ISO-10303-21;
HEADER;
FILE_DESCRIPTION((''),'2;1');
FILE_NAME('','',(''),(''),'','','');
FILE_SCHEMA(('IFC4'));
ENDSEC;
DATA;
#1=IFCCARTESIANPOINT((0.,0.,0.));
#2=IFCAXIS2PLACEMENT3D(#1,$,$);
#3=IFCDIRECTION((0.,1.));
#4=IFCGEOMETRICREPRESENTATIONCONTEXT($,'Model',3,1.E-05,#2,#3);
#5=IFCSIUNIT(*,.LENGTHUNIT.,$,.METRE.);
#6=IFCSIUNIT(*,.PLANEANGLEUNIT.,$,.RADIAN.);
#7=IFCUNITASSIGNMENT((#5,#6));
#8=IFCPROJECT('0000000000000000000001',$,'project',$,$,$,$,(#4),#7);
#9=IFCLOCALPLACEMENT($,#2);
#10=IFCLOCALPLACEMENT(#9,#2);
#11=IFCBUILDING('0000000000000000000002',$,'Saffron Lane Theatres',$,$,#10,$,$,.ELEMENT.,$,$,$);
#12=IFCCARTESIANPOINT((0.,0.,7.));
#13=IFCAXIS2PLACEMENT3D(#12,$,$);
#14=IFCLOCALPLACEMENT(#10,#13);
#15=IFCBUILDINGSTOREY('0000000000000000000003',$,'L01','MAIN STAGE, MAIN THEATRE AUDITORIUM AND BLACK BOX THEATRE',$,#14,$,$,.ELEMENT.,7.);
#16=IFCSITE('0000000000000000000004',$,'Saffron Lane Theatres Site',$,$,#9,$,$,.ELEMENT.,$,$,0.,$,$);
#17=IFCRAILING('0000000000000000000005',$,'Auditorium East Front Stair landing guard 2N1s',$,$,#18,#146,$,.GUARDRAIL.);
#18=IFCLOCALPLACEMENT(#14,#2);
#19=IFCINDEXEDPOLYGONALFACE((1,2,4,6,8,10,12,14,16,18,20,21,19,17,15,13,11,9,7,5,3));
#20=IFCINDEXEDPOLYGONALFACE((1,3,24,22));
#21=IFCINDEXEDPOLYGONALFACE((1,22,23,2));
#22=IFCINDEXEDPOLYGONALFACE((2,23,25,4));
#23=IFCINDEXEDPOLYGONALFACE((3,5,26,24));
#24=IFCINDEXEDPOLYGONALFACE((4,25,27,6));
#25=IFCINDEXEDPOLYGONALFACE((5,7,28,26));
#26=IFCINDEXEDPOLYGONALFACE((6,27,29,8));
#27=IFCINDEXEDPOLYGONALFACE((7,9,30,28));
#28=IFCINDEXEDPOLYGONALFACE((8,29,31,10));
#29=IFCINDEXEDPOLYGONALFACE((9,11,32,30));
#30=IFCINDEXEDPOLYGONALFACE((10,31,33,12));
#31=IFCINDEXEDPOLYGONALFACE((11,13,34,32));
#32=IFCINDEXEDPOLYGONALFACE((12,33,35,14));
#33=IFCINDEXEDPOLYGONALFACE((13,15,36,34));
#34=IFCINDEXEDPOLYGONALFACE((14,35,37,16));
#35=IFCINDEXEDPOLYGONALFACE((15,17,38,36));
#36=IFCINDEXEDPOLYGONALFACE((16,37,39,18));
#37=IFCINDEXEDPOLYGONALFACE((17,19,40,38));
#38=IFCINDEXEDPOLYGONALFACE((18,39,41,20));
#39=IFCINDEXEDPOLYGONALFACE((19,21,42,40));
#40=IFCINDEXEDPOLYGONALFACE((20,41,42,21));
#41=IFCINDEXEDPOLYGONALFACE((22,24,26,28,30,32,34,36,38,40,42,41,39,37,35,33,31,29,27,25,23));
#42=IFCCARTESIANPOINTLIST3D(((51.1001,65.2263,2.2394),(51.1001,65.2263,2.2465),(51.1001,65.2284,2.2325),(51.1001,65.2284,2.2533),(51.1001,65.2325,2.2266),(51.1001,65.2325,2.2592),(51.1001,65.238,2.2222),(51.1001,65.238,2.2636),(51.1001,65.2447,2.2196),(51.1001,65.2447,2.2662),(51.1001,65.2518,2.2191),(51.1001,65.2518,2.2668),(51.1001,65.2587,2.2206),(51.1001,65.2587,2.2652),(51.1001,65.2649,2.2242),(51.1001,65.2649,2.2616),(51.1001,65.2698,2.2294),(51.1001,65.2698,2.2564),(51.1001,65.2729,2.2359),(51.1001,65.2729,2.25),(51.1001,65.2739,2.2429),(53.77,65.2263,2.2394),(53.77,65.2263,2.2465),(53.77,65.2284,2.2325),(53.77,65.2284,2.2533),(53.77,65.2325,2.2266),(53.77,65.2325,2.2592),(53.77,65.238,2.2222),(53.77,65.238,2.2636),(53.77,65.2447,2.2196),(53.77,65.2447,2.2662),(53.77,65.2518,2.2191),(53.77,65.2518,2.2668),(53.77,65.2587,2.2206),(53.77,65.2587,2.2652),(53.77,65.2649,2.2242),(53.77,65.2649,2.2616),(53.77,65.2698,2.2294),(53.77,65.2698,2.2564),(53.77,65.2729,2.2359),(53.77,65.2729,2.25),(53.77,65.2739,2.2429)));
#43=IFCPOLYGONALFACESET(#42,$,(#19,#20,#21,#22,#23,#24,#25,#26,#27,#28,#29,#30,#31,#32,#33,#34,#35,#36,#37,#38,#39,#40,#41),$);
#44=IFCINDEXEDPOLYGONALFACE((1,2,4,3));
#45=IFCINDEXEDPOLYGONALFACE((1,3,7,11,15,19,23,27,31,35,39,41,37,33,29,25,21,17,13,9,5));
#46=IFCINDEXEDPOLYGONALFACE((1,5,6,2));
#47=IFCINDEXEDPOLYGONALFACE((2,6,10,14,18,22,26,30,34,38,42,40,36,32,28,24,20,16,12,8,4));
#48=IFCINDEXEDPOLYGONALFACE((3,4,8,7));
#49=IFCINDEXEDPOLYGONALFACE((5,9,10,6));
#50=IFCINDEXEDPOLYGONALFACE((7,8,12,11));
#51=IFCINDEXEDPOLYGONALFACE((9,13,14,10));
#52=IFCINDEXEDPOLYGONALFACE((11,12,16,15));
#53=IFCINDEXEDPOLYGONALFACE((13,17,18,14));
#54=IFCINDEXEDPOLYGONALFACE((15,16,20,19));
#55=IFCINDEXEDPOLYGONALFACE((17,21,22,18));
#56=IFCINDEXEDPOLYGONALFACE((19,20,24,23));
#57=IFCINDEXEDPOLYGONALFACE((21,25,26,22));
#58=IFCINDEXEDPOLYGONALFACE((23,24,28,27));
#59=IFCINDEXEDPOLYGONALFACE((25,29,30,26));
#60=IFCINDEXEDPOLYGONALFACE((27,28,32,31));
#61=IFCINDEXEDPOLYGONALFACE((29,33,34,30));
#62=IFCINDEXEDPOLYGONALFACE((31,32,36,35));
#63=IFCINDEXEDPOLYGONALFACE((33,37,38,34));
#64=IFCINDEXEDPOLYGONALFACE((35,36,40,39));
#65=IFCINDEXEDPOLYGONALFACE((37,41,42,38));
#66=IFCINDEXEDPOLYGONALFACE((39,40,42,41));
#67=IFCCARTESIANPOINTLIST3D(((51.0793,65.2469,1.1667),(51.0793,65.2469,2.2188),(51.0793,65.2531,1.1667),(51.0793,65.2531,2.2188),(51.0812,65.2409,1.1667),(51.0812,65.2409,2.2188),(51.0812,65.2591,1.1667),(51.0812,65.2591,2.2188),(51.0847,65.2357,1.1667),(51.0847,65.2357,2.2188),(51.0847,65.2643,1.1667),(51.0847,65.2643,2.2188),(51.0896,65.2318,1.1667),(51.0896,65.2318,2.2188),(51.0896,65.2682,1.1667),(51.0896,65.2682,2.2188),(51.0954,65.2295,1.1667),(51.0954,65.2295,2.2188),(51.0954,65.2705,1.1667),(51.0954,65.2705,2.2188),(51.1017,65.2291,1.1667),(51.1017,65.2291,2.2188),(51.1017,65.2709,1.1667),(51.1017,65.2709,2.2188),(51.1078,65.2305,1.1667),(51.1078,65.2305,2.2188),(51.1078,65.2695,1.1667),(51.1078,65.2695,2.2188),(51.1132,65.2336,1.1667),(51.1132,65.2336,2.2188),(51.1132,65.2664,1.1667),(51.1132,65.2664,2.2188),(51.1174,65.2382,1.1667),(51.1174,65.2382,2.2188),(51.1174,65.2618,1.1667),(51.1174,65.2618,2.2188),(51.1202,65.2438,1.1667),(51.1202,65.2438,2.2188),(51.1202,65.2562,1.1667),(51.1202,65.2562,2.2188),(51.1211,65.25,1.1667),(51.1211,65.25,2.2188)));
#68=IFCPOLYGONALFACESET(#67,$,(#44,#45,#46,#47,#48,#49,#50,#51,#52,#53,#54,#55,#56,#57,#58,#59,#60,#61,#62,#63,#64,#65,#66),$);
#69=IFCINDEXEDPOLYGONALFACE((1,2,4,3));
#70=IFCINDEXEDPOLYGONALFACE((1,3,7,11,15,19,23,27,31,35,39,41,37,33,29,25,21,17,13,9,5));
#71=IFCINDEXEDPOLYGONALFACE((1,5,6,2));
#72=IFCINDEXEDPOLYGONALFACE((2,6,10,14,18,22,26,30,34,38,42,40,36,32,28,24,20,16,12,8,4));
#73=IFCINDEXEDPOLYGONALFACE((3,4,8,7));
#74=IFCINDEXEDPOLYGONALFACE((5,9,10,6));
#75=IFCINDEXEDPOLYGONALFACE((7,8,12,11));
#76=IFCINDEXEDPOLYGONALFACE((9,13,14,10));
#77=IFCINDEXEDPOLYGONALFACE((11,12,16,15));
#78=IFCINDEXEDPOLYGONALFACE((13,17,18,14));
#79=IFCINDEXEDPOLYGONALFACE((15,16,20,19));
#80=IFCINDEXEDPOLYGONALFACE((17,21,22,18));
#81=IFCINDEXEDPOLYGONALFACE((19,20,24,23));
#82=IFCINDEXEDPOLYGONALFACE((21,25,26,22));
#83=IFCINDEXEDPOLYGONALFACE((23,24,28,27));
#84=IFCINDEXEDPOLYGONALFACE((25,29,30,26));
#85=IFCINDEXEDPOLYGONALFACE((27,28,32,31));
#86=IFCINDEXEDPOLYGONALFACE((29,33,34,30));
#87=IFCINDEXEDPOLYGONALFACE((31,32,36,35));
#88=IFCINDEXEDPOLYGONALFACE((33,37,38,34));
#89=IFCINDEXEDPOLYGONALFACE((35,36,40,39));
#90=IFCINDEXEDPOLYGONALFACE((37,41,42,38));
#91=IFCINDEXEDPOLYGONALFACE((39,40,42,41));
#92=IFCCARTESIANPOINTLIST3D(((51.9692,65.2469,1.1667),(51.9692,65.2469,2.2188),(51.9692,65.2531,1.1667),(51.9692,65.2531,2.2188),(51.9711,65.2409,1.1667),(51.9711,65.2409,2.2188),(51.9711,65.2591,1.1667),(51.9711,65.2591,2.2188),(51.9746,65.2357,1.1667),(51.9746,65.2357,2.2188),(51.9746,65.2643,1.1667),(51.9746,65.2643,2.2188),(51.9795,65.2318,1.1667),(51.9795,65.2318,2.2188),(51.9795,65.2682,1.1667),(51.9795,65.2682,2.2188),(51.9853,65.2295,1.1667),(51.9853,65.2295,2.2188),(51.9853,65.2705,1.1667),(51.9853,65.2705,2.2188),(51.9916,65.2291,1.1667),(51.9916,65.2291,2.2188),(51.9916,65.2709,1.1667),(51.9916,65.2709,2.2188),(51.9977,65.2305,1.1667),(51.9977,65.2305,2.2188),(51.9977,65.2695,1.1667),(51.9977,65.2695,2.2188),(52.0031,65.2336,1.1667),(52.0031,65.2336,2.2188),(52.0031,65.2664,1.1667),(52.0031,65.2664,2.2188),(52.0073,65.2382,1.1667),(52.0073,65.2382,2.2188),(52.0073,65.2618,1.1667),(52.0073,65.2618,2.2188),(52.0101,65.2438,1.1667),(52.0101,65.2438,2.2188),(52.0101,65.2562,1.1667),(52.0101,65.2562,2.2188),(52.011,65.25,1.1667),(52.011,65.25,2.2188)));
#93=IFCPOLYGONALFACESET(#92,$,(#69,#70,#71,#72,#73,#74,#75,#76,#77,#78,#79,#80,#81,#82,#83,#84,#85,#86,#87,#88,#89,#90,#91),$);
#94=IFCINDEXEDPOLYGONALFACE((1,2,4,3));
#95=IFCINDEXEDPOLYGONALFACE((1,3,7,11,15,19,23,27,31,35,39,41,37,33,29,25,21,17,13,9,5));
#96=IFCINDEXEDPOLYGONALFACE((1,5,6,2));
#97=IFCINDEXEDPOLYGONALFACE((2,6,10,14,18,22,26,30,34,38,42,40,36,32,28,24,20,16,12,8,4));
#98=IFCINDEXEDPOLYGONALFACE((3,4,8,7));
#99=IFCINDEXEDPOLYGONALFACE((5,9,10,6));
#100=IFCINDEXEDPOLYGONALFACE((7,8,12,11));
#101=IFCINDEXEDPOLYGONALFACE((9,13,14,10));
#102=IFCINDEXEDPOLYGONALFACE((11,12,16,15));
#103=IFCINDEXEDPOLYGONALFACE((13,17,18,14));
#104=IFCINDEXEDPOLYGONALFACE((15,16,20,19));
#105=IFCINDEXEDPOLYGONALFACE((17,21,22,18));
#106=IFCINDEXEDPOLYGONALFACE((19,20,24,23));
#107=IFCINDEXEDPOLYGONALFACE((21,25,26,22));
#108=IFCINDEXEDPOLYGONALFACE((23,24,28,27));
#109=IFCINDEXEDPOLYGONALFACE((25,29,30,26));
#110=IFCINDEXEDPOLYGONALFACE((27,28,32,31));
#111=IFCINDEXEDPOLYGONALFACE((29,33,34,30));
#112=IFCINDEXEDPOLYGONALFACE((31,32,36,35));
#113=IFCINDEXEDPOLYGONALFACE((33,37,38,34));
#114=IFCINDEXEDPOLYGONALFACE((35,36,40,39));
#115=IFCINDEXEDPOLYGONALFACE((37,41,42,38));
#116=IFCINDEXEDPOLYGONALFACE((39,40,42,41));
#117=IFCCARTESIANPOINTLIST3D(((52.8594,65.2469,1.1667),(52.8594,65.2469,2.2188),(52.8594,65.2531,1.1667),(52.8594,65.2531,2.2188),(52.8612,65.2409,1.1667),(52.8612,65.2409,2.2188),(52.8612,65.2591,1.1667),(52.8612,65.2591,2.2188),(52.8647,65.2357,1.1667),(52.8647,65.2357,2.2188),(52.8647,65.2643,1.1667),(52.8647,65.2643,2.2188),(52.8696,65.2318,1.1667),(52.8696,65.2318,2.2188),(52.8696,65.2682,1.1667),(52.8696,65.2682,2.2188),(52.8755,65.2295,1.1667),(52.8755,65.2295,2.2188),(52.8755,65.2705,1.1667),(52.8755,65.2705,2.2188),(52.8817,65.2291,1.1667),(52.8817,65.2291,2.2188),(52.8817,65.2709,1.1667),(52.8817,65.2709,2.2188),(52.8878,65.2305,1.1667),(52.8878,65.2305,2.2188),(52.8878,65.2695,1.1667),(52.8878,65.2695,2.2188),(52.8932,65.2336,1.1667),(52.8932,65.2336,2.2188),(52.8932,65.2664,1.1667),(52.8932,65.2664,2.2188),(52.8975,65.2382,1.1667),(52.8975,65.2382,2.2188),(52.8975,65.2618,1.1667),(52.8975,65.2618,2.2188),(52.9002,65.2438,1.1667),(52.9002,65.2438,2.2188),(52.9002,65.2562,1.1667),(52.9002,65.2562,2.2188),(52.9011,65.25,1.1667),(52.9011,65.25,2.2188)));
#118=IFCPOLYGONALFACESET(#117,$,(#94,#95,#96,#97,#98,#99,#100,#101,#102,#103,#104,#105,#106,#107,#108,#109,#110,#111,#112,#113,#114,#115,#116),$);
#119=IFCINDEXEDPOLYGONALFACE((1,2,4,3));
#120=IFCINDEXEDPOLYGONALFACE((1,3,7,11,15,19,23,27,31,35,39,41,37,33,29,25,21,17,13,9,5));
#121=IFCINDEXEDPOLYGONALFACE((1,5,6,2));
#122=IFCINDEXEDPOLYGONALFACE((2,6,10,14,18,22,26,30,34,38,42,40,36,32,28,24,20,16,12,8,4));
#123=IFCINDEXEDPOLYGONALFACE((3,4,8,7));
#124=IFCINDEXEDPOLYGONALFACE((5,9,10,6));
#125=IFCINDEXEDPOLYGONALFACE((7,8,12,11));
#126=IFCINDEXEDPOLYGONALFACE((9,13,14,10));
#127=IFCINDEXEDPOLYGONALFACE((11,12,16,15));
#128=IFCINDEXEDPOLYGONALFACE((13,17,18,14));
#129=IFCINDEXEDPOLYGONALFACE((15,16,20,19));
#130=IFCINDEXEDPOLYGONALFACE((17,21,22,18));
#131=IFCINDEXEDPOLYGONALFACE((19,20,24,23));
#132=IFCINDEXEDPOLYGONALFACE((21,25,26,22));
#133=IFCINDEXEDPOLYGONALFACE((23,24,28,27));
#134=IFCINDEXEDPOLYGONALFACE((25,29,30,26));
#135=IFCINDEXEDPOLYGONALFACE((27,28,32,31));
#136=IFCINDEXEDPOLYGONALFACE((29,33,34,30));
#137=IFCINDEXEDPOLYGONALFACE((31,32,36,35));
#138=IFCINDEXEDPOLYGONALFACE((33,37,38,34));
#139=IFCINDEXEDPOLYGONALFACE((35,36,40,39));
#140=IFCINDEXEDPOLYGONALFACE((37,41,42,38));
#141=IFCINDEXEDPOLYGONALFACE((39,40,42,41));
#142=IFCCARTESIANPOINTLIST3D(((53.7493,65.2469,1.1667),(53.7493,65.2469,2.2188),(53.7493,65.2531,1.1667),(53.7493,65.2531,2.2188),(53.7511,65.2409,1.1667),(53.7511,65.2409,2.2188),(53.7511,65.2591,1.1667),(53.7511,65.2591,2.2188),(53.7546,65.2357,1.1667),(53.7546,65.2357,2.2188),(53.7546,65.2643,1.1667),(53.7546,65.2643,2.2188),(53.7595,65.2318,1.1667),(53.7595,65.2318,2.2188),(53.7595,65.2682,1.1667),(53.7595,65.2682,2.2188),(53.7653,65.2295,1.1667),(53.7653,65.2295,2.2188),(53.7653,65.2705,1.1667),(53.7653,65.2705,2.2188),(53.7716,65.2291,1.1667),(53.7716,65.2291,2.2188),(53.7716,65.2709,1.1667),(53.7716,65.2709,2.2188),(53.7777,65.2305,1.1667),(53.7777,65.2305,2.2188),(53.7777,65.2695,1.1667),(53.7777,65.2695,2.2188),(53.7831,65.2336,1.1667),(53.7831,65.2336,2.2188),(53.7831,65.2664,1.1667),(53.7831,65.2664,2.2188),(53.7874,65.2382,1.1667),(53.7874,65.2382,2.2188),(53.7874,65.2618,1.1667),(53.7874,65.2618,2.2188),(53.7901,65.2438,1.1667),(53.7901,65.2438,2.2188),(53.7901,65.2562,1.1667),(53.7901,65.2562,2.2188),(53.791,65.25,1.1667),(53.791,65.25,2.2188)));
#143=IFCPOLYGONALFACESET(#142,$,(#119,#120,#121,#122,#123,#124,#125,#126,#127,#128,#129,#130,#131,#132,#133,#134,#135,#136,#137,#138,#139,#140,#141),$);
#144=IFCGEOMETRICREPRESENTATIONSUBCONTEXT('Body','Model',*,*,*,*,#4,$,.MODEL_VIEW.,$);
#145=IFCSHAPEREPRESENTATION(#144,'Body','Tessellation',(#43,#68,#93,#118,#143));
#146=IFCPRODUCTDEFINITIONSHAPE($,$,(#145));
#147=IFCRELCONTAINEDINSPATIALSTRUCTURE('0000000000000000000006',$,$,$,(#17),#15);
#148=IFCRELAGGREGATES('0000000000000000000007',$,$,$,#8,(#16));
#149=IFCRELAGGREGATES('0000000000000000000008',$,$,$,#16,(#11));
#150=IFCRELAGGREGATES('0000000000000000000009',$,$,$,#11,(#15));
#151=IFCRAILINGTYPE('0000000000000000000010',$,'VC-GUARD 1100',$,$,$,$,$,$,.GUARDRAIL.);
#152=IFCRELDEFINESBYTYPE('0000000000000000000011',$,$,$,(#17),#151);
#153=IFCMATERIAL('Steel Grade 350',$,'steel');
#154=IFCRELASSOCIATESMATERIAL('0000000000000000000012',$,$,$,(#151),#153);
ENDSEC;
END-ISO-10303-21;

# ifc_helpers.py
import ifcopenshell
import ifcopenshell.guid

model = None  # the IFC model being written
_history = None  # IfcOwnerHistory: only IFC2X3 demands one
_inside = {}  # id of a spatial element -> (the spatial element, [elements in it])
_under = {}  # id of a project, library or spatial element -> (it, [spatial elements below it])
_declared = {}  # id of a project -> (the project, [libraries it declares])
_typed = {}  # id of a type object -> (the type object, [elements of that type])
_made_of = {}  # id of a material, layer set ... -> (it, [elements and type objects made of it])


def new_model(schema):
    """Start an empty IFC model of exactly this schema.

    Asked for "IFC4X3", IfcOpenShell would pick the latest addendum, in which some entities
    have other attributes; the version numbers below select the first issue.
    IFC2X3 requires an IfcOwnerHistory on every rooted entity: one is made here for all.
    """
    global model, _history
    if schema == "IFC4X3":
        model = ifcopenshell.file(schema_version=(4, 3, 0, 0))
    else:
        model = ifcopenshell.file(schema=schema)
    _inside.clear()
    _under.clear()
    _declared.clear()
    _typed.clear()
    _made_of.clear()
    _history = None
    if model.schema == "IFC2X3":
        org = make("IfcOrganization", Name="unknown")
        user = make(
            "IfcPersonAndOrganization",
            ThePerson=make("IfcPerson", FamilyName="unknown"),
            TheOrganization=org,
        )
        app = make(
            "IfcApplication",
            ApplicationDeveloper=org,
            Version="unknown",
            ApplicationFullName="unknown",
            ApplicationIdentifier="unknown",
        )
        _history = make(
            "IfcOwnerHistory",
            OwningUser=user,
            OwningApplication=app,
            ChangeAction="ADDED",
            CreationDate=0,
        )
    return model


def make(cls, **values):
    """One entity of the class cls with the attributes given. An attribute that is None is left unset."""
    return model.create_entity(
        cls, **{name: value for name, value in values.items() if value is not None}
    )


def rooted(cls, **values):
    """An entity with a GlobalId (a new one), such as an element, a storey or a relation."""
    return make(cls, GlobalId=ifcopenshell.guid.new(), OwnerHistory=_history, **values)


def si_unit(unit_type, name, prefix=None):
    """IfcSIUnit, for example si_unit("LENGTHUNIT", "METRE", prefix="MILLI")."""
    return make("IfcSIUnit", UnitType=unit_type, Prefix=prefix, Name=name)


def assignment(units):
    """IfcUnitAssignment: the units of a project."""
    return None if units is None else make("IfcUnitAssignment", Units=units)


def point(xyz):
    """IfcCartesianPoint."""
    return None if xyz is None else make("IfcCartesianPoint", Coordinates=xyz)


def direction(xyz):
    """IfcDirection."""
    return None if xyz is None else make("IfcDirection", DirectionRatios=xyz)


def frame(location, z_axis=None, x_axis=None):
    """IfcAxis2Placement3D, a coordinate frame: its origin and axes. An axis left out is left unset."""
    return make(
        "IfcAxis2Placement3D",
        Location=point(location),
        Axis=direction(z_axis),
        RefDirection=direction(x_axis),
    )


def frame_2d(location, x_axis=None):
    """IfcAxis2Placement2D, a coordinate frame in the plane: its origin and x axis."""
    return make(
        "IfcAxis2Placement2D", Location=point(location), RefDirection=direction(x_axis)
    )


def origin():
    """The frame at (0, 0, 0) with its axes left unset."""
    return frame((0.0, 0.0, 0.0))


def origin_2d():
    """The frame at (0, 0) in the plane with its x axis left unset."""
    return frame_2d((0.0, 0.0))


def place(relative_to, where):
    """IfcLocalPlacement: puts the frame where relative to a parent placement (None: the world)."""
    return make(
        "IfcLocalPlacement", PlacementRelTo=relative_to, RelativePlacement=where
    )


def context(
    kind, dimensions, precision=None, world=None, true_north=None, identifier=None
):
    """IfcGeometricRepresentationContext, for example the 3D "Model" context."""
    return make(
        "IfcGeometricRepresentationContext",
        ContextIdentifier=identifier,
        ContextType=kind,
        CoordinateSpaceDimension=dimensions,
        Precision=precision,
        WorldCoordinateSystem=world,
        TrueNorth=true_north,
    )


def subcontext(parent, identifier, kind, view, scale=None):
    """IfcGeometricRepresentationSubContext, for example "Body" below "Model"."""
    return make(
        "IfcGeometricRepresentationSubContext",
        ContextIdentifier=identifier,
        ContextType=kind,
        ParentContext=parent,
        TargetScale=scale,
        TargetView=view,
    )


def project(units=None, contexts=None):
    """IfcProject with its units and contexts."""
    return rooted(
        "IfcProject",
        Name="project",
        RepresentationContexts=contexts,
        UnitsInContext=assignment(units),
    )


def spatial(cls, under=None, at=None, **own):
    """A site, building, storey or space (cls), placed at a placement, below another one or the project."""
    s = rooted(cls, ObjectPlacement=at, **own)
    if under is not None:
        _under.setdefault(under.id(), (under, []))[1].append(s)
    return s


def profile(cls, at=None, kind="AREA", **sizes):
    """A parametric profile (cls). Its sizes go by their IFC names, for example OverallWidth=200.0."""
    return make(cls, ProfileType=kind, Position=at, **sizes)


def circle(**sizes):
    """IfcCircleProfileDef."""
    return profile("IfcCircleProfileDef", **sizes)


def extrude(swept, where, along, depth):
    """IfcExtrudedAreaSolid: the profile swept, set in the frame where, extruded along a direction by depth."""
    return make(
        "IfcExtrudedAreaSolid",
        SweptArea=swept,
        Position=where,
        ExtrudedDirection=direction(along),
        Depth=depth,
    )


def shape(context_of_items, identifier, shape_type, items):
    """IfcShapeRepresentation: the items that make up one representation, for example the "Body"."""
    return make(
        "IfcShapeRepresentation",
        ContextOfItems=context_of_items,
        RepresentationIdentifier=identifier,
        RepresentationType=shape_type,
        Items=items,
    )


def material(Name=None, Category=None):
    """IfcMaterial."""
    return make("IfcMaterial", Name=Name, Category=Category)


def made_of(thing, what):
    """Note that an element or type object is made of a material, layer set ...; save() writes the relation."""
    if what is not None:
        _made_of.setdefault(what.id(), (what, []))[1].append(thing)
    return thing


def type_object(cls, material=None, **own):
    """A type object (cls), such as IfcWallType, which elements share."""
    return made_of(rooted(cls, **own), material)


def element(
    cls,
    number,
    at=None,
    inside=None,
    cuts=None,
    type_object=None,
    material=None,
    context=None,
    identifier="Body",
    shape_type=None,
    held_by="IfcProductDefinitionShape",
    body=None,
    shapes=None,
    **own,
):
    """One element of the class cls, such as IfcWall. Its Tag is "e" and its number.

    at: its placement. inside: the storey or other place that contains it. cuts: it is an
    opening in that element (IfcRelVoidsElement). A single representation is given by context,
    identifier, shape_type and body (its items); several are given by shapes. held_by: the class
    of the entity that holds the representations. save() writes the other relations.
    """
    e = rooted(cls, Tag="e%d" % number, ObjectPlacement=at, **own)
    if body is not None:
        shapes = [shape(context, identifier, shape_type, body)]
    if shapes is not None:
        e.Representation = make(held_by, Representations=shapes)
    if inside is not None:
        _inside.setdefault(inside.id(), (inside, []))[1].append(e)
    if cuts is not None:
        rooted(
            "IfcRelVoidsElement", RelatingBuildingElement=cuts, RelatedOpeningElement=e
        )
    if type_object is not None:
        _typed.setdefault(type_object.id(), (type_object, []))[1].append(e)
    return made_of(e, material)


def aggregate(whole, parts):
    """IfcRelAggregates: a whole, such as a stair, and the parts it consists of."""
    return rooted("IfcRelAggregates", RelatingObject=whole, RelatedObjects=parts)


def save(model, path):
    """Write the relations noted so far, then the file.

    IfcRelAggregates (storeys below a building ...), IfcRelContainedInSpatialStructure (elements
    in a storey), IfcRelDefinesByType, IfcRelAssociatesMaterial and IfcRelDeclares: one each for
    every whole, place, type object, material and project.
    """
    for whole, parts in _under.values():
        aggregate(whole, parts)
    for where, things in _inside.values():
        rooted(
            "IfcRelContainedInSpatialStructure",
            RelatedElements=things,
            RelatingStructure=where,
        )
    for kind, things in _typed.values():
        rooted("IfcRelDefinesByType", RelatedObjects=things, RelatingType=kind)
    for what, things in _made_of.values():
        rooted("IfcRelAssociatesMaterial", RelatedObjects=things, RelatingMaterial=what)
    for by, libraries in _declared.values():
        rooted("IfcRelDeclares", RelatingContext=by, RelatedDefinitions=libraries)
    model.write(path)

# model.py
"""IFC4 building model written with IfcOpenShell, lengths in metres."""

from ifc_helpers import new_model, si_unit, direction, frame, origin, origin_2d, place, context, subcontext, project, spatial, circle, extrude, material, type_object, element, save


model = new_model("IFC4")

# Units and contexts
model_context = context("Model", 3, precision=1e-05, world=origin(), true_north=direction((0.0, 1.0)))
body_context = subcontext(model_context, "Body", "Model", "MODEL_VIEW")
ifc_project = project(units=[si_unit("LENGTHUNIT", "METRE"), si_unit("PLANEANGLEUNIT", "RADIAN")], contexts=[model_context])

# Site, building, storey
site_placement = place(None, origin())
site = spatial("IfcSite", under=ifc_project, at=site_placement, Name="Saffron Lane Theatres Site", CompositionType="ELEMENT", RefElevation=0.0)
building_placement = place(site_placement, origin())
building = spatial("IfcBuilding", under=site, at=building_placement, Name="Saffron Lane Theatres", CompositionType="ELEMENT")
storey_placement = place(building_placement, frame((0.0, 0.0, 7.0)))
storey = spatial("IfcBuildingStorey", under=building, at=storey_placement, Name="L01", Description="MAIN STAGE, MAIN THEATRE AUDITORIUM AND BLACK BOX THEATRE", CompositionType="ELEMENT", Elevation=7.0)

# Railing
ifc_material_1 = material(Name="Steel Grade 350", Category="steel")
railing_type_1 = type_object("IfcRailingType", Name="VC-GUARD 1100", PredefinedType="GUARDRAIL", material=ifc_material_1)
railing_1_placement = place(storey_placement, frame((51.1001, 65.25, 1.1667)))
element("IfcRailing", 1, at=railing_1_placement, inside=storey, type_object=railing_type_1, Name="Auditorium East Front Stair landing guard 2N1s", PredefinedType="GUARDRAIL", context=body_context, shape_type="SweptSolid", body=[
    extrude(circle(Radius=0.0239, at=origin_2d()), frame((0.0, 0.0, 1.0762), z_axis=(1.0, 0.0, 0.0), x_axis=(0.0, 1.0, 0.0)), (0.0, 0.0, 1.0), 2.6699),
    extrude(circle(Radius=0.021, at=origin_2d()), origin(), (0.0, 0.0, 1.0), 1.052),
    extrude(circle(Radius=0.021, at=origin_2d()), frame((0.8899, 0.0, 0.0)), (0.0, 0.0, 1.0), 1.052),
    extrude(circle(Radius=0.021, at=origin_2d()), frame((1.78, 0.0, 0.0)), (0.0, 0.0, 1.0), 1.052),
    extrude(circle(Radius=0.021, at=origin_2d()), frame((2.6699, 0.0, 0.0)), (0.0, 0.0, 1.0), 1.052),
])

save(model, "model.ifc")
